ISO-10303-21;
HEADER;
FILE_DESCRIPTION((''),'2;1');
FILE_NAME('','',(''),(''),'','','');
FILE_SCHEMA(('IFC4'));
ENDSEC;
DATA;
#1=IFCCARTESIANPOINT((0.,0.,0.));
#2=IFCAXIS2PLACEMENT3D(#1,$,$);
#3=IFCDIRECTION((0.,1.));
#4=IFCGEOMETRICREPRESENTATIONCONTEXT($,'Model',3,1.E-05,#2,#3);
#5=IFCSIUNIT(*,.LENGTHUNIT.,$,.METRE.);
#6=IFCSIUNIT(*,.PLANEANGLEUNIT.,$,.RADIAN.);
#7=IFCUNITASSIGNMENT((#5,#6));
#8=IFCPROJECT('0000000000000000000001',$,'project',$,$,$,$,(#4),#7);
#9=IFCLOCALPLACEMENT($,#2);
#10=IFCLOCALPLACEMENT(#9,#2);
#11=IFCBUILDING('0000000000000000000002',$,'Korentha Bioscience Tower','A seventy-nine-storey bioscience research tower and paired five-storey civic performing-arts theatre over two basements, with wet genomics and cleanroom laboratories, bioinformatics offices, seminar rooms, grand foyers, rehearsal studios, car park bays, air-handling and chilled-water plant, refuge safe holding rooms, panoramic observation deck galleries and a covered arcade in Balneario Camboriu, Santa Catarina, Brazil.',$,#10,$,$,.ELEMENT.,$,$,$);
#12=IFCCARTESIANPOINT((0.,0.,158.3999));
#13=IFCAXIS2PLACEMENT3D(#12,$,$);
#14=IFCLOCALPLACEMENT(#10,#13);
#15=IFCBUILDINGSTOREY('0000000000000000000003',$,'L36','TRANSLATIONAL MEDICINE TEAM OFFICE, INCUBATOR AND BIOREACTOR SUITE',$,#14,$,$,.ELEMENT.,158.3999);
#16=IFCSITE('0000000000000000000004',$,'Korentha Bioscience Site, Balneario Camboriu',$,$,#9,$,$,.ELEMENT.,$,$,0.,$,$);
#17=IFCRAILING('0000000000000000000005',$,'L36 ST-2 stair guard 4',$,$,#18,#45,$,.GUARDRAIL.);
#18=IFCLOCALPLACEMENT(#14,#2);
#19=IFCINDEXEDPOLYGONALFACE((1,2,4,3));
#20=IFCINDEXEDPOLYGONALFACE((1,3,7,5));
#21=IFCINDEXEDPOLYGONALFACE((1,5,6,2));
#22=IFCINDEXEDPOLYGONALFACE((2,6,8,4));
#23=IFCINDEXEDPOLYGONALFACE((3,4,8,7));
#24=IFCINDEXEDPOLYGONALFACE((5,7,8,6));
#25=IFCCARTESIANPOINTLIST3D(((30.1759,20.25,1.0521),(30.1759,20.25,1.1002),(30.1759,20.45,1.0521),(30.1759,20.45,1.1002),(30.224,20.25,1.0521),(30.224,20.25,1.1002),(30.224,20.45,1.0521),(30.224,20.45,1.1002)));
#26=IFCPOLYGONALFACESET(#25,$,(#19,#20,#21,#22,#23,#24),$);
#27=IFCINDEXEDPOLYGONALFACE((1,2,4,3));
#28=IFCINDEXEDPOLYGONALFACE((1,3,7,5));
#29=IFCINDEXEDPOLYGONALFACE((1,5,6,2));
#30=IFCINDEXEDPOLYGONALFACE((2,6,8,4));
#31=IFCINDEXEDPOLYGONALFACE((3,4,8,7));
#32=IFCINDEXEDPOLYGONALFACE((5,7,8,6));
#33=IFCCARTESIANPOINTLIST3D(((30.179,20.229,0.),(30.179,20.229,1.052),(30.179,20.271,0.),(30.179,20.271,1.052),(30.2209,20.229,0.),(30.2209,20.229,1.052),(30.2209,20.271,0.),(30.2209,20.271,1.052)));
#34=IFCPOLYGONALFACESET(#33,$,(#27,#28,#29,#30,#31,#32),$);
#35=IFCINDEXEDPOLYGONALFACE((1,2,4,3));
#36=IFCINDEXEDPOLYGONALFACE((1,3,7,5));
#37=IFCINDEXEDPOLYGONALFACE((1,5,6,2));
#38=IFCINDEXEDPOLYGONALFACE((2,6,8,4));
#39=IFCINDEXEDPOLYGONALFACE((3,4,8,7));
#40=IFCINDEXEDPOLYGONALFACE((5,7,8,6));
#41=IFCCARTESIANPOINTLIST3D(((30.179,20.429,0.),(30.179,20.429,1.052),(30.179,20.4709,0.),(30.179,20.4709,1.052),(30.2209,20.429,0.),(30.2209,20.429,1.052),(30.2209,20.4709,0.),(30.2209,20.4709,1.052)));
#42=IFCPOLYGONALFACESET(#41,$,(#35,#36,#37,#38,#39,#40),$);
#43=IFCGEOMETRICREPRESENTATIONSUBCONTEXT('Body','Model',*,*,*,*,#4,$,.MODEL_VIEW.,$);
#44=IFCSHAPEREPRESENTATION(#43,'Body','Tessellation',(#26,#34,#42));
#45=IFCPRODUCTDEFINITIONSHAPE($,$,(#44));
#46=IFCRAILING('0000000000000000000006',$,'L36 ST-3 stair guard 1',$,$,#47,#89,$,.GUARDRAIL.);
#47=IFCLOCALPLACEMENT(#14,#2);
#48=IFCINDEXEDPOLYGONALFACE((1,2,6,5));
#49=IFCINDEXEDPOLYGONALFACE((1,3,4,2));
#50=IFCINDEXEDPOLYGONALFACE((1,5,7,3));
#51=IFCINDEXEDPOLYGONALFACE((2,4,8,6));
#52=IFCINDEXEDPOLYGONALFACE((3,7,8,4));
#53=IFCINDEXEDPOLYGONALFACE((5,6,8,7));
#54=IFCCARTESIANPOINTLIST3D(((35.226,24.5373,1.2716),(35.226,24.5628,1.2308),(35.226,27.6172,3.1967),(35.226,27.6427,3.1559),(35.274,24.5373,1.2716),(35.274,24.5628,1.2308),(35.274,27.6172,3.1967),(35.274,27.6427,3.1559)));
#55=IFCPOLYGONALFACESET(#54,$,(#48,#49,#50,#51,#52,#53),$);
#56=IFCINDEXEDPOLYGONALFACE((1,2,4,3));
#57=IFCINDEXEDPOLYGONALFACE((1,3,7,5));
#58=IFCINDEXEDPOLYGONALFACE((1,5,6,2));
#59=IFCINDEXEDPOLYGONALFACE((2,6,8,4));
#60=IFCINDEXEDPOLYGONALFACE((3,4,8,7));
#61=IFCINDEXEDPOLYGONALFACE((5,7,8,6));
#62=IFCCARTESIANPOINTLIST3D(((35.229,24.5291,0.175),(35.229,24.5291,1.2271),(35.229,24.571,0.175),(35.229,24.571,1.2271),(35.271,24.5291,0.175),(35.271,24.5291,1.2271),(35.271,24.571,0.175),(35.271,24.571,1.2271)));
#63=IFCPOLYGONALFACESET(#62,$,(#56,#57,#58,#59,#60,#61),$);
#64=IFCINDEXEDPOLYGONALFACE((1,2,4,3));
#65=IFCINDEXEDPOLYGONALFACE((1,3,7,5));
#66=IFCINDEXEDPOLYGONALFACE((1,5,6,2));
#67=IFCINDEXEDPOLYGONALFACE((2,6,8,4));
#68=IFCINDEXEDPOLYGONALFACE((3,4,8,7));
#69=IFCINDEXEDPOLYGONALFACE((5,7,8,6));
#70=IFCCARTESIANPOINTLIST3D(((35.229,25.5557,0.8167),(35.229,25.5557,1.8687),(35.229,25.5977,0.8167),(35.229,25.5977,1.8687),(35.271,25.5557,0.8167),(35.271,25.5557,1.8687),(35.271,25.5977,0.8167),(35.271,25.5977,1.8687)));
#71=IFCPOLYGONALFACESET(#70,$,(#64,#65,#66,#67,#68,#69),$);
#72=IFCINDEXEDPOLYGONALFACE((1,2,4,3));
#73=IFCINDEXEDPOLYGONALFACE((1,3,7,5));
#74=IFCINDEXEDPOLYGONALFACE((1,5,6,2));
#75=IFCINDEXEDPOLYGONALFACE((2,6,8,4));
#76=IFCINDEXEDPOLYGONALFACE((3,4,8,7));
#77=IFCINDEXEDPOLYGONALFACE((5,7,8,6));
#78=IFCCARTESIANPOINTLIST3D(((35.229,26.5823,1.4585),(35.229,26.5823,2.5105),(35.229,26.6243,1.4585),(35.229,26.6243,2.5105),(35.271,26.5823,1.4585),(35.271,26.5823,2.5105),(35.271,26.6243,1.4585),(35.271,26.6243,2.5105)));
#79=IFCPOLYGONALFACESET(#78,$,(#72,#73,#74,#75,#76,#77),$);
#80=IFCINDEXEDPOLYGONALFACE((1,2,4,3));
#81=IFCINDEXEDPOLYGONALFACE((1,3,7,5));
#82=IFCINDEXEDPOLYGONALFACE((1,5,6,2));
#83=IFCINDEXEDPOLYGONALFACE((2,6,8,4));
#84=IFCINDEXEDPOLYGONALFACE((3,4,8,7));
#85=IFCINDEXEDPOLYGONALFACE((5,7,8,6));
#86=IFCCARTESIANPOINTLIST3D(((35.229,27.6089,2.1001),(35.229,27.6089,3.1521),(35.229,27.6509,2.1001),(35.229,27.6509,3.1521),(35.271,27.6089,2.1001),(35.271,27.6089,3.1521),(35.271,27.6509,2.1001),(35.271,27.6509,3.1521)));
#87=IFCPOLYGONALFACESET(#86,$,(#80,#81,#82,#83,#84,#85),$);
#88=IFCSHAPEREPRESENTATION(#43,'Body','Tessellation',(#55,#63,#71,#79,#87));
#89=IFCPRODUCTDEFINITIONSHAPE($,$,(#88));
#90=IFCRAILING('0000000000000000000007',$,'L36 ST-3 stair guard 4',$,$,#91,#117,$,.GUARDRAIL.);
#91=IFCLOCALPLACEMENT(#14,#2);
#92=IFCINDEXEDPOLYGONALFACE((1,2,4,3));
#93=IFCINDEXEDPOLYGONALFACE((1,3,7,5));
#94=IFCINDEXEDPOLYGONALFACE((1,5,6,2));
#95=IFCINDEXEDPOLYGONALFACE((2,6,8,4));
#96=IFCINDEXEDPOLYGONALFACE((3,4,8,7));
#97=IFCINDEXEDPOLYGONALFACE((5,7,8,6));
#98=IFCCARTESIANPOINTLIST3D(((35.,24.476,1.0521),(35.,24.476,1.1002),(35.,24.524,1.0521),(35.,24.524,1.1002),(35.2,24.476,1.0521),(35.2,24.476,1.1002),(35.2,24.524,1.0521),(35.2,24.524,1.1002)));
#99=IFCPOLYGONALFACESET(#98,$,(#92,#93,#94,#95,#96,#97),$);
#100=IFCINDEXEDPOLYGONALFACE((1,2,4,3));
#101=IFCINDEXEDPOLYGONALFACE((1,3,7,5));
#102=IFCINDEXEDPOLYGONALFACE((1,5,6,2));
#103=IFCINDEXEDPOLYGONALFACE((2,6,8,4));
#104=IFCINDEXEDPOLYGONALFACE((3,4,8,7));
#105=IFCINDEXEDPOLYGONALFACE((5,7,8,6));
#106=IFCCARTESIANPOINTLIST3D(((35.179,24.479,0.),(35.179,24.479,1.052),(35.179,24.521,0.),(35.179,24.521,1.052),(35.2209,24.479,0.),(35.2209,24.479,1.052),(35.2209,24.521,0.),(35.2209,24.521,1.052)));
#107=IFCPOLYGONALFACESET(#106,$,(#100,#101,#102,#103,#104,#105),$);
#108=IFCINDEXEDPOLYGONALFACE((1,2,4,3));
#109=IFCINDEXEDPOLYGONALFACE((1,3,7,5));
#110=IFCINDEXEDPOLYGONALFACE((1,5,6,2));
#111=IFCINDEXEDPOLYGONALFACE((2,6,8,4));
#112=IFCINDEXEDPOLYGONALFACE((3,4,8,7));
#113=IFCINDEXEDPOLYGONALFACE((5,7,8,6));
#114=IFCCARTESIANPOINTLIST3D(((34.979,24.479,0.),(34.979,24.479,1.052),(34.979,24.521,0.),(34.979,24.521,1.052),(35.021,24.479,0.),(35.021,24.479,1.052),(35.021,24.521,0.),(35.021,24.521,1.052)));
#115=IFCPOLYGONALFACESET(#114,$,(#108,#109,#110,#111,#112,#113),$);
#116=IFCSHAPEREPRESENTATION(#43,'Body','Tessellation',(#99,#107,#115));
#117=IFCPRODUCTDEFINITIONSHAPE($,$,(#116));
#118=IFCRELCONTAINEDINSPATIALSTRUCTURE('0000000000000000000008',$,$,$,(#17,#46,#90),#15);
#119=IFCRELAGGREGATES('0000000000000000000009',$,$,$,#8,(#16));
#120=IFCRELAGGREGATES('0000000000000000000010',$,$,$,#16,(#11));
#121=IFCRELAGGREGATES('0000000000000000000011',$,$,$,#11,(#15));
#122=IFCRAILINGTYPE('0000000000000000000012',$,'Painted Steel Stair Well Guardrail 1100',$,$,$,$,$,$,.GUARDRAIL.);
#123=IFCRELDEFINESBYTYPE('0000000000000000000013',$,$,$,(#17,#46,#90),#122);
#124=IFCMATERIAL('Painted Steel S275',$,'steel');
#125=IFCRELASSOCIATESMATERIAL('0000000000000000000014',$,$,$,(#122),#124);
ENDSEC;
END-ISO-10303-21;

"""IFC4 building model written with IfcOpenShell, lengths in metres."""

from ifc_helpers import new_model, si_unit, direction, frame, origin, origin_2d, place, context, subcontext, project, spatial, rectangle, extrude, material, type_object, element, save


model = new_model("IFC4")

# Units and contexts
model_context = context("Model", 3, precision=1e-05, world=origin(), true_north=direction((0.0, 1.0)))
body_context = subcontext(model_context, "Body", "Model", "MODEL_VIEW")
ifc_project = project(units=[si_unit("LENGTHUNIT", "METRE"), si_unit("PLANEANGLEUNIT", "RADIAN")], contexts=[model_context])

# Site, building, storey
site_placement = place(None, origin())
site = spatial("IfcSite", under=ifc_project, at=site_placement, Name="Korentha Bioscience Site, Balneario Camboriu", CompositionType="ELEMENT", RefElevation=0.0)
building_placement = place(site_placement, origin())
building = spatial("IfcBuilding", under=site, at=building_placement, Name="Korentha Bioscience Tower", Description="A seventy-nine-storey bioscience research tower and paired five-storey civic performing-arts theatre over two basements, with wet genomics and cleanroom laboratories, bioinformatics offices, seminar rooms, grand foyers, rehearsal studios, car park bays, air-handling and chilled-water plant, refuge safe holding rooms, panoramic observation deck galleries and a covered arcade in Balneario Camboriu, Santa Catarina, Brazil.", CompositionType="ELEMENT")
storey_placement = place(building_placement, frame((0.0, 0.0, 158.3999)))
storey = spatial("IfcBuildingStorey", under=building, at=storey_placement, Name="L36", Description="TRANSLATIONAL MEDICINE TEAM OFFICE, INCUBATOR AND BIOREACTOR SUITE", CompositionType="ELEMENT", Elevation=158.3999)

# Railings
ifc_material_1 = material(Name="Painted Steel S275", Category="steel")
railing_type_1 = type_object("IfcRailingType", Name="Painted Steel Stair Well Guardrail 1100", PredefinedType="GUARDRAIL", material=ifc_material_1)
railing_1_placement = place(storey_placement, frame((30.2, 20.25, 0.0)))
element("IfcRailing", 1, at=railing_1_placement, inside=storey, type_object=railing_type_1, Name="L36 ST-2 stair guard 4", PredefinedType="GUARDRAIL", context=body_context, shape_type="SweptSolid", body=[
    extrude(rectangle(XDim=0.0481, YDim=0.0481, at=origin_2d()), frame((0.0, 0.0, 1.0762), z_axis=(0.0, 1.0, 0.0), x_axis=(-1.0, 0.0, 0.0)), (0.0, 0.0, 1.0), 0.2),
    extrude(rectangle(XDim=0.042, YDim=0.042, at=origin_2d()), origin(), (0.0, 0.0, 1.0), 1.052),
    extrude(rectangle(XDim=0.042, YDim=0.042, at=origin_2d()), frame((0.0, 0.2, 0.0)), (0.0, 0.0, 1.0), 1.052),
])
railing_2_placement = place(storey_placement, frame((35.25, 24.55, 0.175)))
element("IfcRailing", 2, at=railing_2_placement, inside=storey, type_object=railing_type_1, Name="L36 ST-3 stair guard 1", PredefinedType="GUARDRAIL", context=body_context, shape_type="SweptSolid", body=[
    extrude(rectangle(XDim=0.0481, YDim=0.0481, at=origin_2d()), frame((0.0, 0.0, 1.0762), z_axis=(0.0, 0.847979, 0.530029), x_axis=(-1.0, 0.0, 0.0)), (0.0, 0.0, 1.0), 3.6321),
    extrude(rectangle(XDim=0.042, YDim=0.042, at=origin_2d()), origin(), (0.0, 0.0, 1.0), 1.052),
    extrude(rectangle(XDim=0.042, YDim=0.042, at=origin_2d()), frame((0.0, 1.0266, 0.6416)), (0.0, 0.0, 1.0), 1.052),
    extrude(rectangle(XDim=0.042, YDim=0.042, at=origin_2d()), frame((0.0, 2.0532, 1.2834)), (0.0, 0.0, 1.0), 1.052),
    extrude(rectangle(XDim=0.042, YDim=0.042, at=origin_2d()), frame((0.0, 3.0798, 1.925)), (0.0, 0.0, 1.0), 1.052),
])
railing_3_placement = place(storey_placement, frame((35.2, 24.5, 0.0)))
element("IfcRailing", 3, at=railing_3_placement, inside=storey, type_object=railing_type_1, Name="L36 ST-3 stair guard 4", PredefinedType="GUARDRAIL", context=body_context, shape_type="SweptSolid", body=[
    extrude(rectangle(XDim=0.0481, YDim=0.0481, at=origin_2d()), frame((0.0, 0.0, 1.0762), z_axis=(-1.0, 0.0, 0.0), x_axis=(0.0, -1.0, 0.0)), (0.0, 0.0, 1.0), 0.2),
    extrude(rectangle(XDim=0.042, YDim=0.042, at=origin_2d()), origin(), (0.0, 0.0, 1.0), 1.052),
    extrude(rectangle(XDim=0.042, YDim=0.042, at=origin_2d()), frame((-0.2, 0.0, 0.0)), (0.0, 0.0, 1.0), 1.052),
])

save(model, "model.ifc")
